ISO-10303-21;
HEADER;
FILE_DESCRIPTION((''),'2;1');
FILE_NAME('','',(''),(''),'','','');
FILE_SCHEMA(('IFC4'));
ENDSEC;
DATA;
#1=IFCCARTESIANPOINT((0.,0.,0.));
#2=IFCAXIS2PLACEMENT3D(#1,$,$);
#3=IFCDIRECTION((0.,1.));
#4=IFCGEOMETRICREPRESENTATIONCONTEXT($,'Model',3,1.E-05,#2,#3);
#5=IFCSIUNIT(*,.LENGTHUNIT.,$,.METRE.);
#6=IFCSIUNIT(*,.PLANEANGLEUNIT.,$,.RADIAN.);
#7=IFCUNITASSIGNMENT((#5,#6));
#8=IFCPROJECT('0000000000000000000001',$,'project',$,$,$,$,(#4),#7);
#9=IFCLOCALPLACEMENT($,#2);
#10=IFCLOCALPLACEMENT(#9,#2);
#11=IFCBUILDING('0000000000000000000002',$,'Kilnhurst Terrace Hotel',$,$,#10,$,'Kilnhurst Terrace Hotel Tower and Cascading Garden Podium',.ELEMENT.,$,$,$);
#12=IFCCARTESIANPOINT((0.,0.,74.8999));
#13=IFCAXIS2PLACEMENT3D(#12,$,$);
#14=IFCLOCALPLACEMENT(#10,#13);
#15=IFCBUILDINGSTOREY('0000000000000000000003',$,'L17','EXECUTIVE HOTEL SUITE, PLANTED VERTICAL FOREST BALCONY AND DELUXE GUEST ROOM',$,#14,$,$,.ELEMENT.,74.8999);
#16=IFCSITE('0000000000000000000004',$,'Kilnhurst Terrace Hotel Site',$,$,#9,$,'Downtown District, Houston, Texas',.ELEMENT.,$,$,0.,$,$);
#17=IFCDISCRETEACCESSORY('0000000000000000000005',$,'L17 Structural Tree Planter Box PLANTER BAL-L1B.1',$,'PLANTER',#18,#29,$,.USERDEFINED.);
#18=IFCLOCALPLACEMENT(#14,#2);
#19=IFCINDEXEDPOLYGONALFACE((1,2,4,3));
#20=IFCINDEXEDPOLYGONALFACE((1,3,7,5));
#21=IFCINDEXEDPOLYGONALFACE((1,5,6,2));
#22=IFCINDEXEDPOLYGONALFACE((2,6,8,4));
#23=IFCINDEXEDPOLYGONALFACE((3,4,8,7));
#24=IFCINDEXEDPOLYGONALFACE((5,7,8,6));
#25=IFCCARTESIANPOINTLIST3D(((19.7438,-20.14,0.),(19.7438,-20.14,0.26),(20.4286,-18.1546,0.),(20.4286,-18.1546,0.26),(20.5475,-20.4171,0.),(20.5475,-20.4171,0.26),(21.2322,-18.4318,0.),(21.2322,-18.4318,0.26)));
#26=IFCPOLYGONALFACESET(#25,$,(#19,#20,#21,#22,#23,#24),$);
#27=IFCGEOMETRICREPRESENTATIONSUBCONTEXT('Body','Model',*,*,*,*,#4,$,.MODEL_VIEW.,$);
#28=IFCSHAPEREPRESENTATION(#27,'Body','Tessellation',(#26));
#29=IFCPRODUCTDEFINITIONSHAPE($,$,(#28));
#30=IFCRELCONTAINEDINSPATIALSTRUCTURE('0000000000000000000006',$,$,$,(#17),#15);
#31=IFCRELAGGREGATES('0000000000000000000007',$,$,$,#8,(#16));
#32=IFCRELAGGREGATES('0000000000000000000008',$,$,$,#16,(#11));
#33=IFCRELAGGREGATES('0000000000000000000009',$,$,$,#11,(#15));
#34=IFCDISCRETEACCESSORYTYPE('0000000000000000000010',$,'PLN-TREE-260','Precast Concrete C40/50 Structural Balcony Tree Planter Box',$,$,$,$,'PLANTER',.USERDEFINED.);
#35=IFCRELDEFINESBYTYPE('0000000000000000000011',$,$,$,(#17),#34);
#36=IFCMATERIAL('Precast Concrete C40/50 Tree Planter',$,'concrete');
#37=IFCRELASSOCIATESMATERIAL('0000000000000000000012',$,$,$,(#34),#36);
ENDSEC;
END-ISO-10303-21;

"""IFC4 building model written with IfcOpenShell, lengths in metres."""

from ifc_helpers import new_model, si_unit, direction, frame, origin, origin_2d, place, context, subcontext, project, spatial, rectangle, extrude, material, type_object, element, save


model = new_model("IFC4")

# Units and contexts
model_context = context("Model", 3, precision=1e-05, world=origin(), true_north=direction((0.0, 1.0)))
body_context = subcontext(model_context, "Body", "Model", "MODEL_VIEW")
ifc_project = project(units=[si_unit("LENGTHUNIT", "METRE"), si_unit("PLANEANGLEUNIT", "RADIAN")], contexts=[model_context])

# Site, building, storey
site_placement = place(None, origin())
site = spatial("IfcSite", under=ifc_project, at=site_placement, Name="Kilnhurst Terrace Hotel Site", LongName="Downtown District, Houston, Texas", CompositionType="ELEMENT", RefElevation=0.0)
building_placement = place(site_placement, origin())
building = spatial("IfcBuilding", under=site, at=building_placement, Name="Kilnhurst Terrace Hotel", LongName="Kilnhurst Terrace Hotel Tower and Cascading Garden Podium", CompositionType="ELEMENT")
storey_placement = place(building_placement, frame((0.0, 0.0, 74.8999)))
storey = spatial("IfcBuildingStorey", under=building, at=storey_placement, Name="L17", Description="EXECUTIVE HOTEL SUITE, PLANTED VERTICAL FOREST BALCONY AND DELUXE GUEST ROOM", CompositionType="ELEMENT", Elevation=74.8999)

# Discrete accessory
ifc_material_1 = material(Name="Precast Concrete C40/50 Tree Planter", Category="concrete")
discrete_accessory_type_1 = type_object("IfcDiscreteAccessoryType", Name="PLN-TREE-260", Description="Precast Concrete C40/50 Structural Balcony Tree Planter Box", ElementType="PLANTER", PredefinedType="USERDEFINED", material=ifc_material_1)
discrete_accessory_1_placement = place(storey_placement, frame((20.488, -19.2859, 0.0), z_axis=(0.0, 0.0, 1.0), x_axis=(0.326063, 0.945348, 0.0)))
element("IfcDiscreteAccessory", 1, at=discrete_accessory_1_placement, inside=storey, type_object=discrete_accessory_type_1, Name="L17 Structural Tree Planter Box PLANTER BAL-L1B.1", ObjectType="PLANTER", PredefinedType="USERDEFINED", context=body_context, shape_type="SweptSolid", body=[
    extrude(rectangle(XDim=2.1001, YDim=0.8501, at=origin_2d()), origin(), (0.0, 0.0, 1.0), 0.26),
])

save(model, "model.ifc")
